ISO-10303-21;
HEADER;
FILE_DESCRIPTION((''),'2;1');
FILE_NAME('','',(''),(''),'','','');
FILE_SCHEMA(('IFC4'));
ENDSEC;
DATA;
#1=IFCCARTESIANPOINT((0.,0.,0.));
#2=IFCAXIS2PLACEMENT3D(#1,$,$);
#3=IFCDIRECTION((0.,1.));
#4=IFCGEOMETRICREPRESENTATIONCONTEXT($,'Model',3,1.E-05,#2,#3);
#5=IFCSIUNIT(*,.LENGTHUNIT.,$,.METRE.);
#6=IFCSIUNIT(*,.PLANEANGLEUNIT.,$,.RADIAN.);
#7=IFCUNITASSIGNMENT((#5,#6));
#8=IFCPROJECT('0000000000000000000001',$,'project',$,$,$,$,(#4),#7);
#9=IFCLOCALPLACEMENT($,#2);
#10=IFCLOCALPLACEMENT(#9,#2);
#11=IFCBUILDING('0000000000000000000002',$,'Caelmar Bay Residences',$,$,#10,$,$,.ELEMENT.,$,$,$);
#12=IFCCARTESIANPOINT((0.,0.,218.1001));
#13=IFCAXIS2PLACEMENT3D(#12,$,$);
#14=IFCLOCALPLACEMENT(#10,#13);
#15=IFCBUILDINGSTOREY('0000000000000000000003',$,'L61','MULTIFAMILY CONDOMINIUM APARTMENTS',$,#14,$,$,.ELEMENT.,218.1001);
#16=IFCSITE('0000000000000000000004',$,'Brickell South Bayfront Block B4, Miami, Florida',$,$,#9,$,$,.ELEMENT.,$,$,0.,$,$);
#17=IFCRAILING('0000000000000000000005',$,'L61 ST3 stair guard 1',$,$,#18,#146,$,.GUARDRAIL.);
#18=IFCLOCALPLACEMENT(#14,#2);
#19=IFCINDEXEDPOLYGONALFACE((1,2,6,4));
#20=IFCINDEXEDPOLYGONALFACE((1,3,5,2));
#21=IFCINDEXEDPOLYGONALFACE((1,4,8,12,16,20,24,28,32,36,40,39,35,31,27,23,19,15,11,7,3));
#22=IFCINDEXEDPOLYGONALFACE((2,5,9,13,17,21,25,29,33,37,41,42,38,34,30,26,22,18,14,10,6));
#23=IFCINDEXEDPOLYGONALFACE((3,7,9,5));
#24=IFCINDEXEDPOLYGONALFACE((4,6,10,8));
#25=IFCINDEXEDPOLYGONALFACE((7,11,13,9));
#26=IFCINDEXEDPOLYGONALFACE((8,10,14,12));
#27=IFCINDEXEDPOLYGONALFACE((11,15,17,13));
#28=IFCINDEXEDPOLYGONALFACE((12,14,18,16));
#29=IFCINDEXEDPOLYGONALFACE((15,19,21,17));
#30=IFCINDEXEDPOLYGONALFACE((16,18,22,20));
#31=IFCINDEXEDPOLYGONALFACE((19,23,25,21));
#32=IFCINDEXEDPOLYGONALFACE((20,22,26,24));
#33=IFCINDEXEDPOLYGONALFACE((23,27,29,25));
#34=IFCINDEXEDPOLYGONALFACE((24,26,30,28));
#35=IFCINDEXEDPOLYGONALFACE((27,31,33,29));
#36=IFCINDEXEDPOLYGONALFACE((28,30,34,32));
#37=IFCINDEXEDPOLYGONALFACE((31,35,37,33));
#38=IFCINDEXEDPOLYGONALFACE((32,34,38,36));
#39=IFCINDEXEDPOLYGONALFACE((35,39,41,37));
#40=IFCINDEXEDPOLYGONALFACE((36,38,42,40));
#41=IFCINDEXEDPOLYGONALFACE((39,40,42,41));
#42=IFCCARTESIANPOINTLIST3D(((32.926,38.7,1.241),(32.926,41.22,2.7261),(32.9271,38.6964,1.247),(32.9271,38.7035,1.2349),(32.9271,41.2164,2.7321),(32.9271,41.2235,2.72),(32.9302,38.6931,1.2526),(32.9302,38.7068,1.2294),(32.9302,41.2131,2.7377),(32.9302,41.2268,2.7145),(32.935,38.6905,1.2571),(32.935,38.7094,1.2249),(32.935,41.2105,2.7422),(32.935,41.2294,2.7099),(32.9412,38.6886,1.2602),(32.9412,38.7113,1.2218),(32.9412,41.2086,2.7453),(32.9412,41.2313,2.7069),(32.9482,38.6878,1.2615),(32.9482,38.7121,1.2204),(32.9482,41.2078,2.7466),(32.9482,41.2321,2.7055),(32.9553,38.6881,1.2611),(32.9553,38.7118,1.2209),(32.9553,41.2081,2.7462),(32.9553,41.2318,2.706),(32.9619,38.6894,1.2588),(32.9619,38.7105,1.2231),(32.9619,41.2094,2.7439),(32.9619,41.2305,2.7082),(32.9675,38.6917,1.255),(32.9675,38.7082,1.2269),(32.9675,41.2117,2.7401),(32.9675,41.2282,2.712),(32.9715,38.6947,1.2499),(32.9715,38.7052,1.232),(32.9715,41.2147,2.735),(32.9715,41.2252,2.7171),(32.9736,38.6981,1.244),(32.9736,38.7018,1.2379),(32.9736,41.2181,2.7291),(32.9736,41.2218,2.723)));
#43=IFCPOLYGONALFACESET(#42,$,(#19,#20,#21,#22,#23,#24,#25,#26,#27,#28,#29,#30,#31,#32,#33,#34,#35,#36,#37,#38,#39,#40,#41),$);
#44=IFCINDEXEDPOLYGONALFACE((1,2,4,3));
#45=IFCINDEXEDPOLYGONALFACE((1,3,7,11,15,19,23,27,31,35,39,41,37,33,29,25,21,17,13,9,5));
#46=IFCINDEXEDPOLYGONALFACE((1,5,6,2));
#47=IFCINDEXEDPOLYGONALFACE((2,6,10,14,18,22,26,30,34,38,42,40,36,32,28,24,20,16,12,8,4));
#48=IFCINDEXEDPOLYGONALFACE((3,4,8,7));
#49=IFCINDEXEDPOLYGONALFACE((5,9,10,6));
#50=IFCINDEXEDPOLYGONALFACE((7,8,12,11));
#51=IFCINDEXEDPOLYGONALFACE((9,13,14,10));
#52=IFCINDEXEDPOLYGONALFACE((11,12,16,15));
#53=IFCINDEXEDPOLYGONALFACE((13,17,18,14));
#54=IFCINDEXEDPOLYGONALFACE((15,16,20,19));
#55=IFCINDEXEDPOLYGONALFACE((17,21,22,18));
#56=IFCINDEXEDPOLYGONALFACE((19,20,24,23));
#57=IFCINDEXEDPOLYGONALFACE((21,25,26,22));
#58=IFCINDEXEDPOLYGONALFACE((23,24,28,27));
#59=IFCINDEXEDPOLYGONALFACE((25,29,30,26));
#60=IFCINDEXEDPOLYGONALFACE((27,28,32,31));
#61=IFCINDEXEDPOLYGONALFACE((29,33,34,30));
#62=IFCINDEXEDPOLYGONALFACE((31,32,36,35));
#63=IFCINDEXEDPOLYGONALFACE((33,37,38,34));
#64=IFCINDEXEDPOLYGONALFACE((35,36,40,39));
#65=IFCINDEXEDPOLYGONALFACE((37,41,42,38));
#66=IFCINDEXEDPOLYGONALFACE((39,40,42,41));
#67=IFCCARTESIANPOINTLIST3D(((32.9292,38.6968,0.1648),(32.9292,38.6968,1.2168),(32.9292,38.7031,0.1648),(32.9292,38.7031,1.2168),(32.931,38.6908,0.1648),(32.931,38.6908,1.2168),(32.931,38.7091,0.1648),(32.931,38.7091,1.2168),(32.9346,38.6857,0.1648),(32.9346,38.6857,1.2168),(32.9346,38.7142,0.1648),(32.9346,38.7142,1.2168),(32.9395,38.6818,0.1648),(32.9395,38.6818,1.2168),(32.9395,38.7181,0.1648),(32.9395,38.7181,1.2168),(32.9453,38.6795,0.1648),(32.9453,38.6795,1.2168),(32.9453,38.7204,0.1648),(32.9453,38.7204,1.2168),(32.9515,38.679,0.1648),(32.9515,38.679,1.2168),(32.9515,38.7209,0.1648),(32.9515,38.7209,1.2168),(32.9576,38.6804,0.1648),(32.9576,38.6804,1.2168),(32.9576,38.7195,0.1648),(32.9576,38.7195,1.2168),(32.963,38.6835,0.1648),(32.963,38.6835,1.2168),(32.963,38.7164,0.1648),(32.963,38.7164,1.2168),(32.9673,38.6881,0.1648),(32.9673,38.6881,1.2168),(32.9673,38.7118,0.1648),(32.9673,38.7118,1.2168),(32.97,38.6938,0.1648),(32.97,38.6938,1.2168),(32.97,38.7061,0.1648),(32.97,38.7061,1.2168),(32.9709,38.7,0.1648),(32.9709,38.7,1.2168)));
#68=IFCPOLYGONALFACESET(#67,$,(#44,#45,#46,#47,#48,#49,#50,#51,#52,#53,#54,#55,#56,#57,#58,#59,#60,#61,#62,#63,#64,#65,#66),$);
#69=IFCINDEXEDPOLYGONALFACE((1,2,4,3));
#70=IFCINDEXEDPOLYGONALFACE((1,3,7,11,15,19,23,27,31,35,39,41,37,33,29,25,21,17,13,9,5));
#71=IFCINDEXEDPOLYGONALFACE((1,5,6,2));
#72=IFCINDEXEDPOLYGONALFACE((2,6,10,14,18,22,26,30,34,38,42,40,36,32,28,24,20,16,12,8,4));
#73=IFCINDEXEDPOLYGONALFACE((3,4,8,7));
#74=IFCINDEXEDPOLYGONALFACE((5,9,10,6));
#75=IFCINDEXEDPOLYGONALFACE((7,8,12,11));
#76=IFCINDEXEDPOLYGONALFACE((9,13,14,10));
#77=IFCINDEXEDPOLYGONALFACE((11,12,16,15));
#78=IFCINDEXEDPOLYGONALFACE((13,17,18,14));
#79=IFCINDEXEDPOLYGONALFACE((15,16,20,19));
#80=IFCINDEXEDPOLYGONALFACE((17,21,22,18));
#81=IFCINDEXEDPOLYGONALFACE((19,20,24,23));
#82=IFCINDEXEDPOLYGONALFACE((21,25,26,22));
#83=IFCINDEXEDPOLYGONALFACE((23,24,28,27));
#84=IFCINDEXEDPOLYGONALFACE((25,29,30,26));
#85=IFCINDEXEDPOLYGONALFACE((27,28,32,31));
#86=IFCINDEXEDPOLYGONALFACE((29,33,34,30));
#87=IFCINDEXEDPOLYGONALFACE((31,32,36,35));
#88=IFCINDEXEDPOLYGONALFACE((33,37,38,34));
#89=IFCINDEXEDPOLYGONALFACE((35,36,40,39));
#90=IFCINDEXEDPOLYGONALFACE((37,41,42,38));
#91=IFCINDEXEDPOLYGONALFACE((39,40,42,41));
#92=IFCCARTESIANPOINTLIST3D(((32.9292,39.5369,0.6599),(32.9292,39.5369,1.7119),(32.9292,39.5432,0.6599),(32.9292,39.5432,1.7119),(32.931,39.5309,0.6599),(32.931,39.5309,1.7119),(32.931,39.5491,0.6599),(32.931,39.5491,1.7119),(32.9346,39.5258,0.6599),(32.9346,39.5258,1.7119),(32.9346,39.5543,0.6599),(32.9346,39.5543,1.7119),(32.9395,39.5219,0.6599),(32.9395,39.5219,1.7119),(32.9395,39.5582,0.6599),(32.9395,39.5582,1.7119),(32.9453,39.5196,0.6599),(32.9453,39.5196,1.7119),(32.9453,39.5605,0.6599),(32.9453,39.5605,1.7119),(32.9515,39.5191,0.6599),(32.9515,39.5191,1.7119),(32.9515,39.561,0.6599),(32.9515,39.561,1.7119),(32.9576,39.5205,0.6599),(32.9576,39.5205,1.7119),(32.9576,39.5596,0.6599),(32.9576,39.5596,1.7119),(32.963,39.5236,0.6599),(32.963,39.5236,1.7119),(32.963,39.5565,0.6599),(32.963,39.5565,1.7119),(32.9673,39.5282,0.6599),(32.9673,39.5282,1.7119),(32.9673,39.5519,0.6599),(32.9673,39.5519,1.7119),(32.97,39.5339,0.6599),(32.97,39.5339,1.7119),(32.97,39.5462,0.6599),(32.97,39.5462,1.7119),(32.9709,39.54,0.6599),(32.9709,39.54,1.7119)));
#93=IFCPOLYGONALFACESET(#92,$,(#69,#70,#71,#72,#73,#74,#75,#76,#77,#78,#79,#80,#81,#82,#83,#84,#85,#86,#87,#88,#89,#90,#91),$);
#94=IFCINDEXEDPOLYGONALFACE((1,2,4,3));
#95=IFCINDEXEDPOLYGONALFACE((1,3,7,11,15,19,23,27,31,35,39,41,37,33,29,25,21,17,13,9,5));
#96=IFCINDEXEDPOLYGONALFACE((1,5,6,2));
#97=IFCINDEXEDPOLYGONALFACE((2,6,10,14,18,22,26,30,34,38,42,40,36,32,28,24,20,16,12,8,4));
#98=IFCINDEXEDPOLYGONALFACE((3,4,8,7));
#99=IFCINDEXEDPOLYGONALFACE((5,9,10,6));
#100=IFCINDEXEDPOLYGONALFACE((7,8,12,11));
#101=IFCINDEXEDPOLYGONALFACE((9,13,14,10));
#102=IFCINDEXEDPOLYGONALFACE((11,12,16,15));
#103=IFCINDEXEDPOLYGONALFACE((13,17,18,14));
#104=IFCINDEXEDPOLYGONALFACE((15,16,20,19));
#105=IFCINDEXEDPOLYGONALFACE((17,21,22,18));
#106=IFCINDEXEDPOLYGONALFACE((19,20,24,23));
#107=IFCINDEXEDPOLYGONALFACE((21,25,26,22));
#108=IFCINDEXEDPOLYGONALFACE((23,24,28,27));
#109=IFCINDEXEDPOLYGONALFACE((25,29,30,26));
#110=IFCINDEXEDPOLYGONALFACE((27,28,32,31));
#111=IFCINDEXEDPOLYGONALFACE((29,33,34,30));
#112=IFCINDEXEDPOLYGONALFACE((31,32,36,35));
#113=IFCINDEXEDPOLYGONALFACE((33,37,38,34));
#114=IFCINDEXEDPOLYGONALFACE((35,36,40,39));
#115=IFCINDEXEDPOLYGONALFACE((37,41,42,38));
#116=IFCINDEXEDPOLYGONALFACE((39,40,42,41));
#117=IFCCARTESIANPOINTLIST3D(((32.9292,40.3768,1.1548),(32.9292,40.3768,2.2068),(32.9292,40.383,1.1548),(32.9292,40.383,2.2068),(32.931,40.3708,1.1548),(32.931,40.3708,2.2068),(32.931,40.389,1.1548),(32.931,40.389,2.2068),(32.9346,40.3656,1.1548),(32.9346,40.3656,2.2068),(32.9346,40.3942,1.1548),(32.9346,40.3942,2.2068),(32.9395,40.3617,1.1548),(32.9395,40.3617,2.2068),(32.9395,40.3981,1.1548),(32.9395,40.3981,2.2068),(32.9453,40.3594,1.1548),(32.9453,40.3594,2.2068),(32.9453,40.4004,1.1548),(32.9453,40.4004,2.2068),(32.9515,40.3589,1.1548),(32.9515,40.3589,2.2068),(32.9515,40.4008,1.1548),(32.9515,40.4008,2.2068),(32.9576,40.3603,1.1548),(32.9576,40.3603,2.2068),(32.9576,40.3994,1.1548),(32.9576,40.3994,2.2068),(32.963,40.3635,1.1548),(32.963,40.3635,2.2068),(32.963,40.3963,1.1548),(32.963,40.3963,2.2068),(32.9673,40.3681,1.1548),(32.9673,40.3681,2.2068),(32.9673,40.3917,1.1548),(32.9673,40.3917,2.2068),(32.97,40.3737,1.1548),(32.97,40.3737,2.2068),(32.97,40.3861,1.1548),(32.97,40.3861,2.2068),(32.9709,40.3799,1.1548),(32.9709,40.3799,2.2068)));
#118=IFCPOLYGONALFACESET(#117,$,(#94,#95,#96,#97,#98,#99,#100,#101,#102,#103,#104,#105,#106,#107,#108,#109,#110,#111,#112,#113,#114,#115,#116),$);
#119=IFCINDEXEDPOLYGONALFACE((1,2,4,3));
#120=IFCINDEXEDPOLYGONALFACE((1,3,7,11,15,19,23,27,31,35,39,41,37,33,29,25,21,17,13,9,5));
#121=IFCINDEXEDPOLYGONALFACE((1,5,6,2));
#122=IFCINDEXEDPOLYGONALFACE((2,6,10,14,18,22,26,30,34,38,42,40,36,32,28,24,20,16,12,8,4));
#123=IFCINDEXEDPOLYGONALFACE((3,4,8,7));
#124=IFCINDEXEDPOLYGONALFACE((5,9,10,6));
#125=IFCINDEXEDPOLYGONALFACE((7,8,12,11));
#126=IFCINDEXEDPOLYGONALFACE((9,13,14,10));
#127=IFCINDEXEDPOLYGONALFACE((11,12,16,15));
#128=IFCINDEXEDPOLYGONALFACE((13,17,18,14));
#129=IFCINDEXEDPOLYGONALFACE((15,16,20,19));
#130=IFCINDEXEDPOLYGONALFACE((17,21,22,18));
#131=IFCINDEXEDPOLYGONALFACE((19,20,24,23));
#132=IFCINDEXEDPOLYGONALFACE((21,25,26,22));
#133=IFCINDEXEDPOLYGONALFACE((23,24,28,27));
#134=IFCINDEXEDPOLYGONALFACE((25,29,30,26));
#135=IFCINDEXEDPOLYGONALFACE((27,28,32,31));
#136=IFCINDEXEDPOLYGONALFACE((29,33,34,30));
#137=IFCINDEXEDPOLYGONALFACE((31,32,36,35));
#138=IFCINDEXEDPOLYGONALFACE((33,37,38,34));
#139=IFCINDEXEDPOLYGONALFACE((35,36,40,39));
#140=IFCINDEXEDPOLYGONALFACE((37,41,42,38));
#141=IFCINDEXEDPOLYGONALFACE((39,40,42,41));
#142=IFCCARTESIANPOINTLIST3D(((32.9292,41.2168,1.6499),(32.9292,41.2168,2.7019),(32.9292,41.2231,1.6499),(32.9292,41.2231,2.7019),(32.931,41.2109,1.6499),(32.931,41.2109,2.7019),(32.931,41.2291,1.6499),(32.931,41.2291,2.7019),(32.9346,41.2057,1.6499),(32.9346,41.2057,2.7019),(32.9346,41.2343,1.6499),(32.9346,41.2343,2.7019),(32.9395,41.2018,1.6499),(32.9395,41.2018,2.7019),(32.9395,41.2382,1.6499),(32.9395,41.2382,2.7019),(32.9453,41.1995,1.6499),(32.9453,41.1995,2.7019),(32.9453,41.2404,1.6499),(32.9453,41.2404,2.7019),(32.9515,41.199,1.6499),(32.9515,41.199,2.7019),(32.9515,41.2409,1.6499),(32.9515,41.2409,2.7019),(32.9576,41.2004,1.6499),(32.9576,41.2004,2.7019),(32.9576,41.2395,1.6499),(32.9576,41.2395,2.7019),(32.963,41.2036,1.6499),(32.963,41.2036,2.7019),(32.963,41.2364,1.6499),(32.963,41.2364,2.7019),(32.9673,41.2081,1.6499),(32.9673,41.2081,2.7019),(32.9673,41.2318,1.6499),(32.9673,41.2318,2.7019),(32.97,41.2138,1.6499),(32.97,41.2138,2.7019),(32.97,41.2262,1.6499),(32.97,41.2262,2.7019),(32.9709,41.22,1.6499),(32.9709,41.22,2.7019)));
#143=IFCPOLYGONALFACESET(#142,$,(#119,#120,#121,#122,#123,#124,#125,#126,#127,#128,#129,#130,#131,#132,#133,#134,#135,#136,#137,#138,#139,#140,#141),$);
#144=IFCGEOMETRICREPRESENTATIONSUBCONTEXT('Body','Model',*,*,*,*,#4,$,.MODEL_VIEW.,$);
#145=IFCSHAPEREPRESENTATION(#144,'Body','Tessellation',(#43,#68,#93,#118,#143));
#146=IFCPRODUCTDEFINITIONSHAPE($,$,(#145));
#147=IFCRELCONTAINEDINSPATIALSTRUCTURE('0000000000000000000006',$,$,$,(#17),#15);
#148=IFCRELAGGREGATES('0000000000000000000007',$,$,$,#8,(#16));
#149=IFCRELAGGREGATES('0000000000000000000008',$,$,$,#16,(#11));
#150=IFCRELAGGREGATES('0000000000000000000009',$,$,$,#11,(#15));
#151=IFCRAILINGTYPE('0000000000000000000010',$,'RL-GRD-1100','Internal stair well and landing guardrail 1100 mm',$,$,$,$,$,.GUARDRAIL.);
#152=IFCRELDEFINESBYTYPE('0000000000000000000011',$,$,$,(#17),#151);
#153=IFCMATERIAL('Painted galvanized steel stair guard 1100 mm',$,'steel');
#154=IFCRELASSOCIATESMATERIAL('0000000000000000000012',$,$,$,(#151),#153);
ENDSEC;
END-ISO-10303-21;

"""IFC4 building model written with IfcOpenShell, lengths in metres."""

from ifc_helpers import new_model, si_unit, direction, frame, origin, origin_2d, place, context, subcontext, project, spatial, circle, extrude, material, type_object, element, save


model = new_model("IFC4")

# Units and contexts
model_context = context("Model", 3, precision=1e-05, world=origin(), true_north=direction((0.0, 1.0)))
body_context = subcontext(model_context, "Body", "Model", "MODEL_VIEW")
ifc_project = project(units=[si_unit("LENGTHUNIT", "METRE"), si_unit("PLANEANGLEUNIT", "RADIAN")], contexts=[model_context])

# Site, building, storey
site_placement = place(None, origin())
site = spatial("IfcSite", under=ifc_project, at=site_placement, Name="Brickell South Bayfront Block B4, Miami, Florida", CompositionType="ELEMENT", RefElevation=0.0)
building_placement = place(site_placement, origin())
building = spatial("IfcBuilding", under=site, at=building_placement, Name="Caelmar Bay Residences", CompositionType="ELEMENT")
storey_placement = place(building_placement, frame((0.0, 0.0, 218.1001)))
storey = spatial("IfcBuildingStorey", under=building, at=storey_placement, Name="L61", Description="MULTIFAMILY CONDOMINIUM APARTMENTS", CompositionType="ELEMENT", Elevation=218.1001)

# Railing
ifc_material_1 = material(Name="Painted galvanized steel stair guard 1100 mm", Category="steel")
railing_type_1 = type_object("IfcRailingType", Name="RL-GRD-1100", Description="Internal stair well and landing guardrail 1100 mm", PredefinedType="GUARDRAIL", material=ifc_material_1)
railing_1_placement = place(storey_placement, frame((32.95, 38.7, 0.1648)))
element("IfcRailing", 1, at=railing_1_placement, inside=storey, type_object=railing_type_1, Name="L61 ST3 stair guard 1", PredefinedType="GUARDRAIL", context=body_context, shape_type="SweptSolid", body=[
    extrude(circle(Radius=0.0239, at=origin_2d()), frame((0.0, 0.0, 1.0762), z_axis=(0.0, 0.861524, 0.507717), x_axis=(-1.0, 0.0, 0.0)), (0.0, 0.0, 1.0), 2.925),
    extrude(circle(Radius=0.021, at=origin_2d()), origin(), (0.0, 0.0, 1.0), 1.052),
    extrude(circle(Radius=0.021, at=origin_2d()), frame((0.0, 0.8401, 0.4951)), (0.0, 0.0, 1.0), 1.052),
    extrude(circle(Radius=0.021, at=origin_2d()), frame((0.0, 1.6799, 0.99)), (0.0, 0.0, 1.0), 1.052),
    extrude(circle(Radius=0.021, at=origin_2d()), frame((0.0, 2.52, 1.4851)), (0.0, 0.0, 1.0), 1.052),
])

save(model, "model.ifc")
